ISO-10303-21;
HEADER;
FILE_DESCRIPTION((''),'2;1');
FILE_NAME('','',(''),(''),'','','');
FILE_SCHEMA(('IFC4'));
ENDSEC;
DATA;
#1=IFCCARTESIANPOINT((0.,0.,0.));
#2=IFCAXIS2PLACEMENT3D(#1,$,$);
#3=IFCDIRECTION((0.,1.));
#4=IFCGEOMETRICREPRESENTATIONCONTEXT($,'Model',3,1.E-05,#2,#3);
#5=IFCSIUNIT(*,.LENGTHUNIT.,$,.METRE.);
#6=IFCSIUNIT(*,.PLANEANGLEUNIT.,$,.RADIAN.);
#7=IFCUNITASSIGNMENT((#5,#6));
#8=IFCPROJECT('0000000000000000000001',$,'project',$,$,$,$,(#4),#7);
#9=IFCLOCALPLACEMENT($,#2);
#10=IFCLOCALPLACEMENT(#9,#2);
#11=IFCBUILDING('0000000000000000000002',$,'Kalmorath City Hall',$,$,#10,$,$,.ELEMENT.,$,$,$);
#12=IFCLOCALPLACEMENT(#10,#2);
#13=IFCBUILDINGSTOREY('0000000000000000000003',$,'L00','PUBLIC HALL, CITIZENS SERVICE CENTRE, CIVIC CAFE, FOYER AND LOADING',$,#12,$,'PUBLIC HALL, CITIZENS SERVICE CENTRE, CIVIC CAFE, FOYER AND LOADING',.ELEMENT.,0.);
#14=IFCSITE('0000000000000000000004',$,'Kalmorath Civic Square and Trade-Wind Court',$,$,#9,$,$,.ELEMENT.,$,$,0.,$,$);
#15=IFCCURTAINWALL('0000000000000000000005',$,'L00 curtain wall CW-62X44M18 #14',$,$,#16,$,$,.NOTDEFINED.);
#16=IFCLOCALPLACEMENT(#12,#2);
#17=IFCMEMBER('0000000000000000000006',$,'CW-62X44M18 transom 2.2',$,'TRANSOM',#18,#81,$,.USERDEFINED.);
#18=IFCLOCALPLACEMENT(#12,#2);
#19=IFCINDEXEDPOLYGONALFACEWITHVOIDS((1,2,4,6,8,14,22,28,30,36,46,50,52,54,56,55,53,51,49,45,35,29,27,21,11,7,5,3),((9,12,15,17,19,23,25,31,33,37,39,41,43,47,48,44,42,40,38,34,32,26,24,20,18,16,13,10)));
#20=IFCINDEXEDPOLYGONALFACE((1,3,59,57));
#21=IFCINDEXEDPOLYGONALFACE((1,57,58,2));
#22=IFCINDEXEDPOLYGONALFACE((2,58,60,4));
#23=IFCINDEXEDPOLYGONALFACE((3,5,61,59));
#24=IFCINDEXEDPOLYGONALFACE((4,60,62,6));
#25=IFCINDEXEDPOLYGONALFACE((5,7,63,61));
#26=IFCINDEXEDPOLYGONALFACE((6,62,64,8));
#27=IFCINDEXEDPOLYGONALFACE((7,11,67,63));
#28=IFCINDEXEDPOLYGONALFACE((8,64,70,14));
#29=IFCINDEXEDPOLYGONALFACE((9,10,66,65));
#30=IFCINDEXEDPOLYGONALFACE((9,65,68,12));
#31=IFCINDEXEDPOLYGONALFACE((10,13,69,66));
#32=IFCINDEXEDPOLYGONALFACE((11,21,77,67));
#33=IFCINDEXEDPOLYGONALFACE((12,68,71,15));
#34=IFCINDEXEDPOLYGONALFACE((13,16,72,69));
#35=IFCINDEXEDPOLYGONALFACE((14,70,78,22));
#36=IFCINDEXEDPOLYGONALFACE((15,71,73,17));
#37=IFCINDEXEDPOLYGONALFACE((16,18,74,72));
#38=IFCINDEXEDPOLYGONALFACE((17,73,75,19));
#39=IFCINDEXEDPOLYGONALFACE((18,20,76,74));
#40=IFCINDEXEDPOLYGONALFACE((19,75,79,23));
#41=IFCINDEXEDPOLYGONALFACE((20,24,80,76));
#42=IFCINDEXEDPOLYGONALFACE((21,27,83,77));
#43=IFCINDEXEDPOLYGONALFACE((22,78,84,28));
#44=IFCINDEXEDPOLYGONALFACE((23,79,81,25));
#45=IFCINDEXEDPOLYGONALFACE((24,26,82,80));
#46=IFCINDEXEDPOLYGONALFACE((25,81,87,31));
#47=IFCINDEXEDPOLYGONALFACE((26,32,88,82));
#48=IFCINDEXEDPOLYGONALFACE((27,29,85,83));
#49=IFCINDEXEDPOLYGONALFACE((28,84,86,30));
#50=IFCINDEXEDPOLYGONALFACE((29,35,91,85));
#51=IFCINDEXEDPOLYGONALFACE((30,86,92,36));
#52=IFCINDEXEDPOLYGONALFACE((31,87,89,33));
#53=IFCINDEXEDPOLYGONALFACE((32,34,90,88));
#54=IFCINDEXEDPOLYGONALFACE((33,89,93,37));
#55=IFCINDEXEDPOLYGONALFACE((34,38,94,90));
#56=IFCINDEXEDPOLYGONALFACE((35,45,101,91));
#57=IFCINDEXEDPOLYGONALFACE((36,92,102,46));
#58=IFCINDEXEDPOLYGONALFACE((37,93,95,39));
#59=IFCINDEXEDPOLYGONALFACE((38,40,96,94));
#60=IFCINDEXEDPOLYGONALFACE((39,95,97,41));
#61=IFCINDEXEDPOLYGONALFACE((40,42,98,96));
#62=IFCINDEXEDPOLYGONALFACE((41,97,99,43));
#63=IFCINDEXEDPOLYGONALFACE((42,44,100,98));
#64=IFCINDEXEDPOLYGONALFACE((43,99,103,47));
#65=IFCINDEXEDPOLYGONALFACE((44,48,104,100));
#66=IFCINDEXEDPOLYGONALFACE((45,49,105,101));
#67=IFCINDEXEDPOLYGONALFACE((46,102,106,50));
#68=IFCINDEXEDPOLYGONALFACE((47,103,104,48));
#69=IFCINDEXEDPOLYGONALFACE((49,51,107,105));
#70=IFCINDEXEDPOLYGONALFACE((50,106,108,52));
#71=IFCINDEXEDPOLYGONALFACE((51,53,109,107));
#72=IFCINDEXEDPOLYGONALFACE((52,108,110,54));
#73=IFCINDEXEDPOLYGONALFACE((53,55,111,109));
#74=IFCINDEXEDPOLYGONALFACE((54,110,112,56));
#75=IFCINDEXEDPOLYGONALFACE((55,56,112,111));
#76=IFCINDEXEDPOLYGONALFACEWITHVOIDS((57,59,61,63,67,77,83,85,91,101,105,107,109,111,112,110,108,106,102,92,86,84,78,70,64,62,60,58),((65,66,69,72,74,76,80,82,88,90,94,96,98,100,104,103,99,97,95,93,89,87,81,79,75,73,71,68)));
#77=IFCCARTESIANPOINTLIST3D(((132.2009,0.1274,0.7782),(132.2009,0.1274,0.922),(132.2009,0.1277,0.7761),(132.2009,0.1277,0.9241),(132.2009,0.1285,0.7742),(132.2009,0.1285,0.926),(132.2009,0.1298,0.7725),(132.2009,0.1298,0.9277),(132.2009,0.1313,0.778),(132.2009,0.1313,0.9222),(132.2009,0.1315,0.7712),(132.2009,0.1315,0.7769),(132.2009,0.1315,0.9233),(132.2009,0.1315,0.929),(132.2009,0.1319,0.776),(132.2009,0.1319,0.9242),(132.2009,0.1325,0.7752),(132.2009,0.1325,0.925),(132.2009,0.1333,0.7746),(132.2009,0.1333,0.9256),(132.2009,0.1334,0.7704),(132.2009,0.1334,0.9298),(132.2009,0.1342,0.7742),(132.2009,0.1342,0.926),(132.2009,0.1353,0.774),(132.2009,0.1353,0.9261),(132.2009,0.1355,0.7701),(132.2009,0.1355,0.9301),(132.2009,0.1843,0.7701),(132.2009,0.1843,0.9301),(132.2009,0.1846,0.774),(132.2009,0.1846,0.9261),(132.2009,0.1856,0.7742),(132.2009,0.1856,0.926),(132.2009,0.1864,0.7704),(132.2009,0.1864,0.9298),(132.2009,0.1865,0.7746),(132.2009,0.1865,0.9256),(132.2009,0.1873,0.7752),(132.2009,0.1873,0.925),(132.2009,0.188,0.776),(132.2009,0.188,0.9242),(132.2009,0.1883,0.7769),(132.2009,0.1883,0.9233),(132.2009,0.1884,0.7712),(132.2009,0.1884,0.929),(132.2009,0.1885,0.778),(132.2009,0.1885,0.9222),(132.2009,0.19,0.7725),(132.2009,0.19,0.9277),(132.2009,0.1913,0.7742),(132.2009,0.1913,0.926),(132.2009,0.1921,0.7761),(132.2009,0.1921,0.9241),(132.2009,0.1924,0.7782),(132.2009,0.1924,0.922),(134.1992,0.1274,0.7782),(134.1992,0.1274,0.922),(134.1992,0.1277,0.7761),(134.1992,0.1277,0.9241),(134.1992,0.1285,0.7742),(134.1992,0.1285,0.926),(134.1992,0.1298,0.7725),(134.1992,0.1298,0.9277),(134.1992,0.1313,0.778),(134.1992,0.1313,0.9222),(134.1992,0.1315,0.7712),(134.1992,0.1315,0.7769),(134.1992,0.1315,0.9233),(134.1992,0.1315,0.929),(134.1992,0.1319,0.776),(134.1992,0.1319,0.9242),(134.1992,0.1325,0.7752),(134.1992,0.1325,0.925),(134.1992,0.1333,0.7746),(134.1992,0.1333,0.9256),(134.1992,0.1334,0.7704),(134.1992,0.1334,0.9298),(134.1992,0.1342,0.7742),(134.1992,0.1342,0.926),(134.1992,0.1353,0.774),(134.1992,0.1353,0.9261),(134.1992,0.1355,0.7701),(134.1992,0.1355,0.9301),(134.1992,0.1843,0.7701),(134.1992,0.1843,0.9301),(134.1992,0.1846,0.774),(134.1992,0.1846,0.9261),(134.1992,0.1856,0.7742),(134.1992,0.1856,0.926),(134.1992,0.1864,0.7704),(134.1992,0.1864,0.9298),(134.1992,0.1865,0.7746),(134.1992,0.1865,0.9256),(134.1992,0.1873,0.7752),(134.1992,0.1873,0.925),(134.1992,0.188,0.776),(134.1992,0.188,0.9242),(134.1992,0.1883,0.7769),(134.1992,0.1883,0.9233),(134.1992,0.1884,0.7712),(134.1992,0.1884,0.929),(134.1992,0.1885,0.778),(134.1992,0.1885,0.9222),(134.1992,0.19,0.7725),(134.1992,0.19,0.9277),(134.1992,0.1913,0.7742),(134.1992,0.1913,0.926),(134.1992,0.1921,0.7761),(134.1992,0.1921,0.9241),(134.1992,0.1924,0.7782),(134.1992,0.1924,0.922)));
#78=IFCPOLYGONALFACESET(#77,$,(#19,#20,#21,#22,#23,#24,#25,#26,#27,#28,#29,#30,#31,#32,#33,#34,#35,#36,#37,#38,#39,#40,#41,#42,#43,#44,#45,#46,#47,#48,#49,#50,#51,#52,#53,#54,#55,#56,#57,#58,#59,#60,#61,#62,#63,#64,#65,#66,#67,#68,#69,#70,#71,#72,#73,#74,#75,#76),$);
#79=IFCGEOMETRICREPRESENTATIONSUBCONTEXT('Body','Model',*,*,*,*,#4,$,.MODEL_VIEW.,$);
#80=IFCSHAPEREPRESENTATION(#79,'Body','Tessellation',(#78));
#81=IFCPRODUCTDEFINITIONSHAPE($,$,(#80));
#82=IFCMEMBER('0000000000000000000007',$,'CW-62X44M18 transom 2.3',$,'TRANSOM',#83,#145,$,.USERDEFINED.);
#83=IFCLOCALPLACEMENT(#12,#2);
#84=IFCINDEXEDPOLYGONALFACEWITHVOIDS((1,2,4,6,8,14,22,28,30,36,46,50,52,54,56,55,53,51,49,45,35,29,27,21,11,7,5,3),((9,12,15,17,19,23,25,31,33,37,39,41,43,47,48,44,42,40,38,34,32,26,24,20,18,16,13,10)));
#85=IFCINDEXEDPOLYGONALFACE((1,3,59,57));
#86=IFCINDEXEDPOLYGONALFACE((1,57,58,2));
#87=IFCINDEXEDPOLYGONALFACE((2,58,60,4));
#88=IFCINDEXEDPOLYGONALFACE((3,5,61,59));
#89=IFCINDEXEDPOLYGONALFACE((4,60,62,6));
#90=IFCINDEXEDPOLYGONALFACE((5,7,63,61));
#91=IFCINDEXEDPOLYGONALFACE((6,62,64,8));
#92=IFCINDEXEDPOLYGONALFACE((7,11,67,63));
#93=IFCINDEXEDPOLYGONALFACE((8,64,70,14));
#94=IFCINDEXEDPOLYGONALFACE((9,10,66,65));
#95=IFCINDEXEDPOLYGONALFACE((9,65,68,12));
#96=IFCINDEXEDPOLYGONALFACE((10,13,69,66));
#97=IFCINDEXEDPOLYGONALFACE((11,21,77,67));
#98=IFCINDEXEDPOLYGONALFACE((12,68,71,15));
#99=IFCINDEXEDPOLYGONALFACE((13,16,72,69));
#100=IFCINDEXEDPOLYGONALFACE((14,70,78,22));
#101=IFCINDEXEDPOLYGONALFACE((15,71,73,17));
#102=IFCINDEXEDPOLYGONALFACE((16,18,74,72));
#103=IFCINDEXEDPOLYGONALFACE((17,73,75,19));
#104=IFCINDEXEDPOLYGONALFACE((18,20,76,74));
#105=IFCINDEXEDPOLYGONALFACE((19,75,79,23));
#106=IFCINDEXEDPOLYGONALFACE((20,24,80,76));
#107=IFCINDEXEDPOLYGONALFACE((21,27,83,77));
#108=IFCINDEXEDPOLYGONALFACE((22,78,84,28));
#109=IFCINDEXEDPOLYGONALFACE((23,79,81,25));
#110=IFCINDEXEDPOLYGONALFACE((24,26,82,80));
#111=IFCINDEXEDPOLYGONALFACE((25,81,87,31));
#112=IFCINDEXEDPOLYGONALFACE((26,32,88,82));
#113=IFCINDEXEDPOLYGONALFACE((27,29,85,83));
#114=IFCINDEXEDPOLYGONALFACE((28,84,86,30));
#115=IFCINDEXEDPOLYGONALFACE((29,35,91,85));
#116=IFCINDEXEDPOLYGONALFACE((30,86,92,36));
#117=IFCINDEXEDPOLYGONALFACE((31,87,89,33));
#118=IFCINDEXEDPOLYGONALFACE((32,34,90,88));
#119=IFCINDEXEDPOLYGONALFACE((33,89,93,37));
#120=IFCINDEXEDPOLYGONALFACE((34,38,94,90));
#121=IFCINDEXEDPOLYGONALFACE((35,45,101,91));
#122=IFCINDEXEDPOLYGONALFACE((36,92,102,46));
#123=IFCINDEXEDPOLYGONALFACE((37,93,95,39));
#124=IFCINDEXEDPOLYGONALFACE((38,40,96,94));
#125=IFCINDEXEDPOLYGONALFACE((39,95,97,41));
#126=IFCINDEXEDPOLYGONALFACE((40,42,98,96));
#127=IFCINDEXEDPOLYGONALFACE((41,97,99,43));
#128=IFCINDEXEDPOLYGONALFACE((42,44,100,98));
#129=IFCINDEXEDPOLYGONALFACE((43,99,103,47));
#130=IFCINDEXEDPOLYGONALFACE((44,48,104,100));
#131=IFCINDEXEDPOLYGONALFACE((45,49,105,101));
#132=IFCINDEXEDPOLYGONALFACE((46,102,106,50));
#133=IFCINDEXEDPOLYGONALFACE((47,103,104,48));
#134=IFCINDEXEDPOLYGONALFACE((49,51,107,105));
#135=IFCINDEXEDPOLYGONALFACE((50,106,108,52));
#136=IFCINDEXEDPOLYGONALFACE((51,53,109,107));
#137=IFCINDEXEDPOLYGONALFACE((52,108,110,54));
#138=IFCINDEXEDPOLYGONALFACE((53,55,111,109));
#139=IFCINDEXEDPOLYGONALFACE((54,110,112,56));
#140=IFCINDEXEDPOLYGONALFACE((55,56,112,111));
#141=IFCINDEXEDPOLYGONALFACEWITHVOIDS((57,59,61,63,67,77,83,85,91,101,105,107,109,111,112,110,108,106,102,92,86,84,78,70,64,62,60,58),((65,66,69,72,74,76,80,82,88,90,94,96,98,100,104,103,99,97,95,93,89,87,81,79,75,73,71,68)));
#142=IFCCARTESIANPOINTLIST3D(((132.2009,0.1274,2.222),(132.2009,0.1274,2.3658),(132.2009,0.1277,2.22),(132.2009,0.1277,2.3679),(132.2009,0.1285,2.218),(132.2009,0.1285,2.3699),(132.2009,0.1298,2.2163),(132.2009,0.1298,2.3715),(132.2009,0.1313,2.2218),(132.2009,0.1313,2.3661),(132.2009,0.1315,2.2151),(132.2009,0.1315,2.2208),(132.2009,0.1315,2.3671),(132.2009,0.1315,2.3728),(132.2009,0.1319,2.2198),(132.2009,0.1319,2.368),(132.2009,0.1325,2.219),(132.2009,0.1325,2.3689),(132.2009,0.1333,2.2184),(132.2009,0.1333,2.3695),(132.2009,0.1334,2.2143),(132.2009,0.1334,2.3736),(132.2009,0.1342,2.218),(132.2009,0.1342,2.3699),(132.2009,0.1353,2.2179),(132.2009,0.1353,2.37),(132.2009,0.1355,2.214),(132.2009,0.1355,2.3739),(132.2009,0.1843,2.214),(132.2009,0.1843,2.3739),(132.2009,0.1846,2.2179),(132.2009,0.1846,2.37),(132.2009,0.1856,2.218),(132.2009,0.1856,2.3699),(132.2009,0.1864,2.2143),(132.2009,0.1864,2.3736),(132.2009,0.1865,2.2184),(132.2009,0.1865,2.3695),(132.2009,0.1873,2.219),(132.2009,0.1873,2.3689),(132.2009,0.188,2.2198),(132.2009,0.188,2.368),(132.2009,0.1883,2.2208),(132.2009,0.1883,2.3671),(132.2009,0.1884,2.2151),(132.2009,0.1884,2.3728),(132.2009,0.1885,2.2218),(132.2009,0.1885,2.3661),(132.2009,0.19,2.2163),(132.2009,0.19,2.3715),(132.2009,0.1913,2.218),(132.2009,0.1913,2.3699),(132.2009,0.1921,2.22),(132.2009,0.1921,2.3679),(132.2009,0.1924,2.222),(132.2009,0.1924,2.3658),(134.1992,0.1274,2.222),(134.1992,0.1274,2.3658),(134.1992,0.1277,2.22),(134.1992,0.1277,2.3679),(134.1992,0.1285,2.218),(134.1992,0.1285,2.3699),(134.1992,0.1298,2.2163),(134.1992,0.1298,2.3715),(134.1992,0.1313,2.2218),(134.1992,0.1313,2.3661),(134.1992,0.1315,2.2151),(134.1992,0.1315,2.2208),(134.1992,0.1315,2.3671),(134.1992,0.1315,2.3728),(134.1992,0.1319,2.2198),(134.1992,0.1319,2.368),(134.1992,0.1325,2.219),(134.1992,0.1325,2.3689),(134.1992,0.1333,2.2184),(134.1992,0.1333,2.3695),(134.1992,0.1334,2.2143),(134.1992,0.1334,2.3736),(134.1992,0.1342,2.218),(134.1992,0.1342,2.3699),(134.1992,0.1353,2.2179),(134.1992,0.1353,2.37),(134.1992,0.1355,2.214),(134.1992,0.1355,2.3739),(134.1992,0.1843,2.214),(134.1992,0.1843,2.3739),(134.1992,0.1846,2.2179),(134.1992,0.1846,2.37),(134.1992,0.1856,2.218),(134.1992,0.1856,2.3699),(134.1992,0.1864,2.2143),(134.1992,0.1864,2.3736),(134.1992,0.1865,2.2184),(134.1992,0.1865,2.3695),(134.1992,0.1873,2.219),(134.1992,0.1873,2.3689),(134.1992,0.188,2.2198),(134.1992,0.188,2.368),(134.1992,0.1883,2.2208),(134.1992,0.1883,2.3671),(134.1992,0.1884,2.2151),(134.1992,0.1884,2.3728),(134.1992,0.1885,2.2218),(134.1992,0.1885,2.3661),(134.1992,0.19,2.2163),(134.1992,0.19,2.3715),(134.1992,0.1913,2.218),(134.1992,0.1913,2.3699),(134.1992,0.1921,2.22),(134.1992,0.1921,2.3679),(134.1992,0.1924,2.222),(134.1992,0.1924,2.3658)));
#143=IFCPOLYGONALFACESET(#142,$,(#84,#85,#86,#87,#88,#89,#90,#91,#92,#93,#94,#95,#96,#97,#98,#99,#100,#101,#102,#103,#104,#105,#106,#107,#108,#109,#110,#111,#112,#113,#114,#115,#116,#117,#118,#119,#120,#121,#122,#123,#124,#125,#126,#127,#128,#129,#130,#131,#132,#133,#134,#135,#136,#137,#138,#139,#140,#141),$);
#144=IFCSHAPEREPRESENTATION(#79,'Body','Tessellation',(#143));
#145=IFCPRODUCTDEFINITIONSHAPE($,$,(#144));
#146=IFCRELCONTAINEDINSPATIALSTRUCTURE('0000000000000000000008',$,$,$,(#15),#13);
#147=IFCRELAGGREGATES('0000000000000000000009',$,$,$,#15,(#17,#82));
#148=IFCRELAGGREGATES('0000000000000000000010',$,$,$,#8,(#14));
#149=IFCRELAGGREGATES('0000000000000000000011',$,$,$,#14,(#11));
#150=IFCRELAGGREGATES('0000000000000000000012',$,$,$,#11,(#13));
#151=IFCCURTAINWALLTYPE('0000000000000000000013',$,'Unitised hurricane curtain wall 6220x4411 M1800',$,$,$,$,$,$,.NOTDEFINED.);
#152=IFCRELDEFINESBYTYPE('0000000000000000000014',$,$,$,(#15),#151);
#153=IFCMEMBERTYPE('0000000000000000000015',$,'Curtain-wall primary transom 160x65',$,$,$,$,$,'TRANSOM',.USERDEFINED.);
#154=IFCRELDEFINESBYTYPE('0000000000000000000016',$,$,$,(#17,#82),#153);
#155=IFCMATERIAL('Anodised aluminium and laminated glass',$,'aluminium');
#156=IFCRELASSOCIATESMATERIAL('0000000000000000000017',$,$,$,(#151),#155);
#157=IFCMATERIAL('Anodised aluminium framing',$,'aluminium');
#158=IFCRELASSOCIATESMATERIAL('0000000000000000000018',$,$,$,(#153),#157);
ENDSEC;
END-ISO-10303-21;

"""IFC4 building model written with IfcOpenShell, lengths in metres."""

from ifc_helpers import new_model, si_unit, direction, frame, origin, origin_2d, place, context, subcontext, project, spatial, hollow_rectangle, extrude, material, material_profile, profile_set, type_object, element, aggregate, save


model = new_model("IFC4")

# Units and contexts
model_context = context("Model", 3, precision=1e-05, world=origin(), true_north=direction((0.0, 1.0)))
body_context = subcontext(model_context, "Body", "Model", "MODEL_VIEW")
ifc_project = project(units=[si_unit("LENGTHUNIT", "METRE"), si_unit("PLANEANGLEUNIT", "RADIAN")], contexts=[model_context])

# Site, building, storey
site_placement = place(None, origin())
site = spatial("IfcSite", under=ifc_project, at=site_placement, Name="Kalmorath Civic Square and Trade-Wind Court", CompositionType="ELEMENT", RefElevation=0.0)
building_placement = place(site_placement, origin())
building = spatial("IfcBuilding", under=site, at=building_placement, Name="Kalmorath City Hall", CompositionType="ELEMENT")
storey_placement = place(building_placement, origin())
storey = spatial("IfcBuildingStorey", under=building, at=storey_placement, Name="L00", Description="PUBLIC HALL, CITIZENS SERVICE CENTRE, CIVIC CAFE, FOYER AND LOADING", LongName="PUBLIC HALL, CITIZENS SERVICE CENTRE, CIVIC CAFE, FOYER AND LOADING", CompositionType="ELEMENT", Elevation=0.0)

# Curtain wall, members
ifc_material_1 = material(Name="Anodised aluminium and laminated glass", Category="aluminium")
curtain_wall_type = type_object("IfcCurtainWallType", Name="Unitised hurricane curtain wall 6220x4411 M1800", PredefinedType="NOTDEFINED", material=ifc_material_1)
curtain_wall_placement = place(storey_placement, origin())
curtain_wall = element("IfcCurtainWall", 1, at=curtain_wall_placement, inside=storey, type_object=curtain_wall_type, Name="L00 curtain wall CW-62X44M18 #14", PredefinedType="NOTDEFINED")
ifc_material_2 = material(Name="Anodised aluminium framing", Category="aluminium")
ifc_material_profile_1 = material_profile(ifc_material_2, hollow_rectangle(XDim=0.0649, YDim=0.1599, WallThickness=0.0039, InnerFilletRadius=0.0039, OuterFilletRadius=0.0081, at=origin_2d()), Name="ALU-TRN-160X65X4")
ifc_profile_set_1 = profile_set([ifc_material_profile_1], Name="Anodised aluminium framing")
member_type_1 = type_object("IfcMemberType", Name="Curtain-wall primary transom 160x65", ElementType="TRANSOM", PredefinedType="USERDEFINED", material=ifc_profile_set_1)
member_1_placement = place(storey_placement, frame((134.1992, 0.1599, 0.8501), z_axis=(-1.0, 0.0, 0.0), x_axis=(0.0, -1.0, 0.0)))
member_1 = element("IfcMember", 2, at=member_1_placement, type_object=member_type_1, Name="CW-62X44M18 transom 2.2", ObjectType="TRANSOM", PredefinedType="USERDEFINED", context=body_context, shape_type="SweptSolid", body=[
    extrude(hollow_rectangle(XDim=0.0649, YDim=0.1599, WallThickness=0.0039, InnerFilletRadius=0.0039, OuterFilletRadius=0.0081, at=origin_2d()), origin(), (0.0, 0.0, 1.0), 1.9983),
])
member_2_placement = place(storey_placement, frame((134.1992, 0.1599, 2.2939), z_axis=(-1.0, 0.0, 0.0), x_axis=(0.0, -1.0, 0.0)))
member_2 = element("IfcMember", 3, at=member_2_placement, type_object=member_type_1, Name="CW-62X44M18 transom 2.3", ObjectType="TRANSOM", PredefinedType="USERDEFINED", context=body_context, shape_type="SweptSolid", body=[
    extrude(hollow_rectangle(XDim=0.0649, YDim=0.1599, WallThickness=0.0039, InnerFilletRadius=0.0039, OuterFilletRadius=0.0081, at=origin_2d()), origin(), (0.0, 0.0, 1.0), 1.9983),
])
aggregate(curtain_wall, [member_1, member_2])

save(model, "model.ifc")
